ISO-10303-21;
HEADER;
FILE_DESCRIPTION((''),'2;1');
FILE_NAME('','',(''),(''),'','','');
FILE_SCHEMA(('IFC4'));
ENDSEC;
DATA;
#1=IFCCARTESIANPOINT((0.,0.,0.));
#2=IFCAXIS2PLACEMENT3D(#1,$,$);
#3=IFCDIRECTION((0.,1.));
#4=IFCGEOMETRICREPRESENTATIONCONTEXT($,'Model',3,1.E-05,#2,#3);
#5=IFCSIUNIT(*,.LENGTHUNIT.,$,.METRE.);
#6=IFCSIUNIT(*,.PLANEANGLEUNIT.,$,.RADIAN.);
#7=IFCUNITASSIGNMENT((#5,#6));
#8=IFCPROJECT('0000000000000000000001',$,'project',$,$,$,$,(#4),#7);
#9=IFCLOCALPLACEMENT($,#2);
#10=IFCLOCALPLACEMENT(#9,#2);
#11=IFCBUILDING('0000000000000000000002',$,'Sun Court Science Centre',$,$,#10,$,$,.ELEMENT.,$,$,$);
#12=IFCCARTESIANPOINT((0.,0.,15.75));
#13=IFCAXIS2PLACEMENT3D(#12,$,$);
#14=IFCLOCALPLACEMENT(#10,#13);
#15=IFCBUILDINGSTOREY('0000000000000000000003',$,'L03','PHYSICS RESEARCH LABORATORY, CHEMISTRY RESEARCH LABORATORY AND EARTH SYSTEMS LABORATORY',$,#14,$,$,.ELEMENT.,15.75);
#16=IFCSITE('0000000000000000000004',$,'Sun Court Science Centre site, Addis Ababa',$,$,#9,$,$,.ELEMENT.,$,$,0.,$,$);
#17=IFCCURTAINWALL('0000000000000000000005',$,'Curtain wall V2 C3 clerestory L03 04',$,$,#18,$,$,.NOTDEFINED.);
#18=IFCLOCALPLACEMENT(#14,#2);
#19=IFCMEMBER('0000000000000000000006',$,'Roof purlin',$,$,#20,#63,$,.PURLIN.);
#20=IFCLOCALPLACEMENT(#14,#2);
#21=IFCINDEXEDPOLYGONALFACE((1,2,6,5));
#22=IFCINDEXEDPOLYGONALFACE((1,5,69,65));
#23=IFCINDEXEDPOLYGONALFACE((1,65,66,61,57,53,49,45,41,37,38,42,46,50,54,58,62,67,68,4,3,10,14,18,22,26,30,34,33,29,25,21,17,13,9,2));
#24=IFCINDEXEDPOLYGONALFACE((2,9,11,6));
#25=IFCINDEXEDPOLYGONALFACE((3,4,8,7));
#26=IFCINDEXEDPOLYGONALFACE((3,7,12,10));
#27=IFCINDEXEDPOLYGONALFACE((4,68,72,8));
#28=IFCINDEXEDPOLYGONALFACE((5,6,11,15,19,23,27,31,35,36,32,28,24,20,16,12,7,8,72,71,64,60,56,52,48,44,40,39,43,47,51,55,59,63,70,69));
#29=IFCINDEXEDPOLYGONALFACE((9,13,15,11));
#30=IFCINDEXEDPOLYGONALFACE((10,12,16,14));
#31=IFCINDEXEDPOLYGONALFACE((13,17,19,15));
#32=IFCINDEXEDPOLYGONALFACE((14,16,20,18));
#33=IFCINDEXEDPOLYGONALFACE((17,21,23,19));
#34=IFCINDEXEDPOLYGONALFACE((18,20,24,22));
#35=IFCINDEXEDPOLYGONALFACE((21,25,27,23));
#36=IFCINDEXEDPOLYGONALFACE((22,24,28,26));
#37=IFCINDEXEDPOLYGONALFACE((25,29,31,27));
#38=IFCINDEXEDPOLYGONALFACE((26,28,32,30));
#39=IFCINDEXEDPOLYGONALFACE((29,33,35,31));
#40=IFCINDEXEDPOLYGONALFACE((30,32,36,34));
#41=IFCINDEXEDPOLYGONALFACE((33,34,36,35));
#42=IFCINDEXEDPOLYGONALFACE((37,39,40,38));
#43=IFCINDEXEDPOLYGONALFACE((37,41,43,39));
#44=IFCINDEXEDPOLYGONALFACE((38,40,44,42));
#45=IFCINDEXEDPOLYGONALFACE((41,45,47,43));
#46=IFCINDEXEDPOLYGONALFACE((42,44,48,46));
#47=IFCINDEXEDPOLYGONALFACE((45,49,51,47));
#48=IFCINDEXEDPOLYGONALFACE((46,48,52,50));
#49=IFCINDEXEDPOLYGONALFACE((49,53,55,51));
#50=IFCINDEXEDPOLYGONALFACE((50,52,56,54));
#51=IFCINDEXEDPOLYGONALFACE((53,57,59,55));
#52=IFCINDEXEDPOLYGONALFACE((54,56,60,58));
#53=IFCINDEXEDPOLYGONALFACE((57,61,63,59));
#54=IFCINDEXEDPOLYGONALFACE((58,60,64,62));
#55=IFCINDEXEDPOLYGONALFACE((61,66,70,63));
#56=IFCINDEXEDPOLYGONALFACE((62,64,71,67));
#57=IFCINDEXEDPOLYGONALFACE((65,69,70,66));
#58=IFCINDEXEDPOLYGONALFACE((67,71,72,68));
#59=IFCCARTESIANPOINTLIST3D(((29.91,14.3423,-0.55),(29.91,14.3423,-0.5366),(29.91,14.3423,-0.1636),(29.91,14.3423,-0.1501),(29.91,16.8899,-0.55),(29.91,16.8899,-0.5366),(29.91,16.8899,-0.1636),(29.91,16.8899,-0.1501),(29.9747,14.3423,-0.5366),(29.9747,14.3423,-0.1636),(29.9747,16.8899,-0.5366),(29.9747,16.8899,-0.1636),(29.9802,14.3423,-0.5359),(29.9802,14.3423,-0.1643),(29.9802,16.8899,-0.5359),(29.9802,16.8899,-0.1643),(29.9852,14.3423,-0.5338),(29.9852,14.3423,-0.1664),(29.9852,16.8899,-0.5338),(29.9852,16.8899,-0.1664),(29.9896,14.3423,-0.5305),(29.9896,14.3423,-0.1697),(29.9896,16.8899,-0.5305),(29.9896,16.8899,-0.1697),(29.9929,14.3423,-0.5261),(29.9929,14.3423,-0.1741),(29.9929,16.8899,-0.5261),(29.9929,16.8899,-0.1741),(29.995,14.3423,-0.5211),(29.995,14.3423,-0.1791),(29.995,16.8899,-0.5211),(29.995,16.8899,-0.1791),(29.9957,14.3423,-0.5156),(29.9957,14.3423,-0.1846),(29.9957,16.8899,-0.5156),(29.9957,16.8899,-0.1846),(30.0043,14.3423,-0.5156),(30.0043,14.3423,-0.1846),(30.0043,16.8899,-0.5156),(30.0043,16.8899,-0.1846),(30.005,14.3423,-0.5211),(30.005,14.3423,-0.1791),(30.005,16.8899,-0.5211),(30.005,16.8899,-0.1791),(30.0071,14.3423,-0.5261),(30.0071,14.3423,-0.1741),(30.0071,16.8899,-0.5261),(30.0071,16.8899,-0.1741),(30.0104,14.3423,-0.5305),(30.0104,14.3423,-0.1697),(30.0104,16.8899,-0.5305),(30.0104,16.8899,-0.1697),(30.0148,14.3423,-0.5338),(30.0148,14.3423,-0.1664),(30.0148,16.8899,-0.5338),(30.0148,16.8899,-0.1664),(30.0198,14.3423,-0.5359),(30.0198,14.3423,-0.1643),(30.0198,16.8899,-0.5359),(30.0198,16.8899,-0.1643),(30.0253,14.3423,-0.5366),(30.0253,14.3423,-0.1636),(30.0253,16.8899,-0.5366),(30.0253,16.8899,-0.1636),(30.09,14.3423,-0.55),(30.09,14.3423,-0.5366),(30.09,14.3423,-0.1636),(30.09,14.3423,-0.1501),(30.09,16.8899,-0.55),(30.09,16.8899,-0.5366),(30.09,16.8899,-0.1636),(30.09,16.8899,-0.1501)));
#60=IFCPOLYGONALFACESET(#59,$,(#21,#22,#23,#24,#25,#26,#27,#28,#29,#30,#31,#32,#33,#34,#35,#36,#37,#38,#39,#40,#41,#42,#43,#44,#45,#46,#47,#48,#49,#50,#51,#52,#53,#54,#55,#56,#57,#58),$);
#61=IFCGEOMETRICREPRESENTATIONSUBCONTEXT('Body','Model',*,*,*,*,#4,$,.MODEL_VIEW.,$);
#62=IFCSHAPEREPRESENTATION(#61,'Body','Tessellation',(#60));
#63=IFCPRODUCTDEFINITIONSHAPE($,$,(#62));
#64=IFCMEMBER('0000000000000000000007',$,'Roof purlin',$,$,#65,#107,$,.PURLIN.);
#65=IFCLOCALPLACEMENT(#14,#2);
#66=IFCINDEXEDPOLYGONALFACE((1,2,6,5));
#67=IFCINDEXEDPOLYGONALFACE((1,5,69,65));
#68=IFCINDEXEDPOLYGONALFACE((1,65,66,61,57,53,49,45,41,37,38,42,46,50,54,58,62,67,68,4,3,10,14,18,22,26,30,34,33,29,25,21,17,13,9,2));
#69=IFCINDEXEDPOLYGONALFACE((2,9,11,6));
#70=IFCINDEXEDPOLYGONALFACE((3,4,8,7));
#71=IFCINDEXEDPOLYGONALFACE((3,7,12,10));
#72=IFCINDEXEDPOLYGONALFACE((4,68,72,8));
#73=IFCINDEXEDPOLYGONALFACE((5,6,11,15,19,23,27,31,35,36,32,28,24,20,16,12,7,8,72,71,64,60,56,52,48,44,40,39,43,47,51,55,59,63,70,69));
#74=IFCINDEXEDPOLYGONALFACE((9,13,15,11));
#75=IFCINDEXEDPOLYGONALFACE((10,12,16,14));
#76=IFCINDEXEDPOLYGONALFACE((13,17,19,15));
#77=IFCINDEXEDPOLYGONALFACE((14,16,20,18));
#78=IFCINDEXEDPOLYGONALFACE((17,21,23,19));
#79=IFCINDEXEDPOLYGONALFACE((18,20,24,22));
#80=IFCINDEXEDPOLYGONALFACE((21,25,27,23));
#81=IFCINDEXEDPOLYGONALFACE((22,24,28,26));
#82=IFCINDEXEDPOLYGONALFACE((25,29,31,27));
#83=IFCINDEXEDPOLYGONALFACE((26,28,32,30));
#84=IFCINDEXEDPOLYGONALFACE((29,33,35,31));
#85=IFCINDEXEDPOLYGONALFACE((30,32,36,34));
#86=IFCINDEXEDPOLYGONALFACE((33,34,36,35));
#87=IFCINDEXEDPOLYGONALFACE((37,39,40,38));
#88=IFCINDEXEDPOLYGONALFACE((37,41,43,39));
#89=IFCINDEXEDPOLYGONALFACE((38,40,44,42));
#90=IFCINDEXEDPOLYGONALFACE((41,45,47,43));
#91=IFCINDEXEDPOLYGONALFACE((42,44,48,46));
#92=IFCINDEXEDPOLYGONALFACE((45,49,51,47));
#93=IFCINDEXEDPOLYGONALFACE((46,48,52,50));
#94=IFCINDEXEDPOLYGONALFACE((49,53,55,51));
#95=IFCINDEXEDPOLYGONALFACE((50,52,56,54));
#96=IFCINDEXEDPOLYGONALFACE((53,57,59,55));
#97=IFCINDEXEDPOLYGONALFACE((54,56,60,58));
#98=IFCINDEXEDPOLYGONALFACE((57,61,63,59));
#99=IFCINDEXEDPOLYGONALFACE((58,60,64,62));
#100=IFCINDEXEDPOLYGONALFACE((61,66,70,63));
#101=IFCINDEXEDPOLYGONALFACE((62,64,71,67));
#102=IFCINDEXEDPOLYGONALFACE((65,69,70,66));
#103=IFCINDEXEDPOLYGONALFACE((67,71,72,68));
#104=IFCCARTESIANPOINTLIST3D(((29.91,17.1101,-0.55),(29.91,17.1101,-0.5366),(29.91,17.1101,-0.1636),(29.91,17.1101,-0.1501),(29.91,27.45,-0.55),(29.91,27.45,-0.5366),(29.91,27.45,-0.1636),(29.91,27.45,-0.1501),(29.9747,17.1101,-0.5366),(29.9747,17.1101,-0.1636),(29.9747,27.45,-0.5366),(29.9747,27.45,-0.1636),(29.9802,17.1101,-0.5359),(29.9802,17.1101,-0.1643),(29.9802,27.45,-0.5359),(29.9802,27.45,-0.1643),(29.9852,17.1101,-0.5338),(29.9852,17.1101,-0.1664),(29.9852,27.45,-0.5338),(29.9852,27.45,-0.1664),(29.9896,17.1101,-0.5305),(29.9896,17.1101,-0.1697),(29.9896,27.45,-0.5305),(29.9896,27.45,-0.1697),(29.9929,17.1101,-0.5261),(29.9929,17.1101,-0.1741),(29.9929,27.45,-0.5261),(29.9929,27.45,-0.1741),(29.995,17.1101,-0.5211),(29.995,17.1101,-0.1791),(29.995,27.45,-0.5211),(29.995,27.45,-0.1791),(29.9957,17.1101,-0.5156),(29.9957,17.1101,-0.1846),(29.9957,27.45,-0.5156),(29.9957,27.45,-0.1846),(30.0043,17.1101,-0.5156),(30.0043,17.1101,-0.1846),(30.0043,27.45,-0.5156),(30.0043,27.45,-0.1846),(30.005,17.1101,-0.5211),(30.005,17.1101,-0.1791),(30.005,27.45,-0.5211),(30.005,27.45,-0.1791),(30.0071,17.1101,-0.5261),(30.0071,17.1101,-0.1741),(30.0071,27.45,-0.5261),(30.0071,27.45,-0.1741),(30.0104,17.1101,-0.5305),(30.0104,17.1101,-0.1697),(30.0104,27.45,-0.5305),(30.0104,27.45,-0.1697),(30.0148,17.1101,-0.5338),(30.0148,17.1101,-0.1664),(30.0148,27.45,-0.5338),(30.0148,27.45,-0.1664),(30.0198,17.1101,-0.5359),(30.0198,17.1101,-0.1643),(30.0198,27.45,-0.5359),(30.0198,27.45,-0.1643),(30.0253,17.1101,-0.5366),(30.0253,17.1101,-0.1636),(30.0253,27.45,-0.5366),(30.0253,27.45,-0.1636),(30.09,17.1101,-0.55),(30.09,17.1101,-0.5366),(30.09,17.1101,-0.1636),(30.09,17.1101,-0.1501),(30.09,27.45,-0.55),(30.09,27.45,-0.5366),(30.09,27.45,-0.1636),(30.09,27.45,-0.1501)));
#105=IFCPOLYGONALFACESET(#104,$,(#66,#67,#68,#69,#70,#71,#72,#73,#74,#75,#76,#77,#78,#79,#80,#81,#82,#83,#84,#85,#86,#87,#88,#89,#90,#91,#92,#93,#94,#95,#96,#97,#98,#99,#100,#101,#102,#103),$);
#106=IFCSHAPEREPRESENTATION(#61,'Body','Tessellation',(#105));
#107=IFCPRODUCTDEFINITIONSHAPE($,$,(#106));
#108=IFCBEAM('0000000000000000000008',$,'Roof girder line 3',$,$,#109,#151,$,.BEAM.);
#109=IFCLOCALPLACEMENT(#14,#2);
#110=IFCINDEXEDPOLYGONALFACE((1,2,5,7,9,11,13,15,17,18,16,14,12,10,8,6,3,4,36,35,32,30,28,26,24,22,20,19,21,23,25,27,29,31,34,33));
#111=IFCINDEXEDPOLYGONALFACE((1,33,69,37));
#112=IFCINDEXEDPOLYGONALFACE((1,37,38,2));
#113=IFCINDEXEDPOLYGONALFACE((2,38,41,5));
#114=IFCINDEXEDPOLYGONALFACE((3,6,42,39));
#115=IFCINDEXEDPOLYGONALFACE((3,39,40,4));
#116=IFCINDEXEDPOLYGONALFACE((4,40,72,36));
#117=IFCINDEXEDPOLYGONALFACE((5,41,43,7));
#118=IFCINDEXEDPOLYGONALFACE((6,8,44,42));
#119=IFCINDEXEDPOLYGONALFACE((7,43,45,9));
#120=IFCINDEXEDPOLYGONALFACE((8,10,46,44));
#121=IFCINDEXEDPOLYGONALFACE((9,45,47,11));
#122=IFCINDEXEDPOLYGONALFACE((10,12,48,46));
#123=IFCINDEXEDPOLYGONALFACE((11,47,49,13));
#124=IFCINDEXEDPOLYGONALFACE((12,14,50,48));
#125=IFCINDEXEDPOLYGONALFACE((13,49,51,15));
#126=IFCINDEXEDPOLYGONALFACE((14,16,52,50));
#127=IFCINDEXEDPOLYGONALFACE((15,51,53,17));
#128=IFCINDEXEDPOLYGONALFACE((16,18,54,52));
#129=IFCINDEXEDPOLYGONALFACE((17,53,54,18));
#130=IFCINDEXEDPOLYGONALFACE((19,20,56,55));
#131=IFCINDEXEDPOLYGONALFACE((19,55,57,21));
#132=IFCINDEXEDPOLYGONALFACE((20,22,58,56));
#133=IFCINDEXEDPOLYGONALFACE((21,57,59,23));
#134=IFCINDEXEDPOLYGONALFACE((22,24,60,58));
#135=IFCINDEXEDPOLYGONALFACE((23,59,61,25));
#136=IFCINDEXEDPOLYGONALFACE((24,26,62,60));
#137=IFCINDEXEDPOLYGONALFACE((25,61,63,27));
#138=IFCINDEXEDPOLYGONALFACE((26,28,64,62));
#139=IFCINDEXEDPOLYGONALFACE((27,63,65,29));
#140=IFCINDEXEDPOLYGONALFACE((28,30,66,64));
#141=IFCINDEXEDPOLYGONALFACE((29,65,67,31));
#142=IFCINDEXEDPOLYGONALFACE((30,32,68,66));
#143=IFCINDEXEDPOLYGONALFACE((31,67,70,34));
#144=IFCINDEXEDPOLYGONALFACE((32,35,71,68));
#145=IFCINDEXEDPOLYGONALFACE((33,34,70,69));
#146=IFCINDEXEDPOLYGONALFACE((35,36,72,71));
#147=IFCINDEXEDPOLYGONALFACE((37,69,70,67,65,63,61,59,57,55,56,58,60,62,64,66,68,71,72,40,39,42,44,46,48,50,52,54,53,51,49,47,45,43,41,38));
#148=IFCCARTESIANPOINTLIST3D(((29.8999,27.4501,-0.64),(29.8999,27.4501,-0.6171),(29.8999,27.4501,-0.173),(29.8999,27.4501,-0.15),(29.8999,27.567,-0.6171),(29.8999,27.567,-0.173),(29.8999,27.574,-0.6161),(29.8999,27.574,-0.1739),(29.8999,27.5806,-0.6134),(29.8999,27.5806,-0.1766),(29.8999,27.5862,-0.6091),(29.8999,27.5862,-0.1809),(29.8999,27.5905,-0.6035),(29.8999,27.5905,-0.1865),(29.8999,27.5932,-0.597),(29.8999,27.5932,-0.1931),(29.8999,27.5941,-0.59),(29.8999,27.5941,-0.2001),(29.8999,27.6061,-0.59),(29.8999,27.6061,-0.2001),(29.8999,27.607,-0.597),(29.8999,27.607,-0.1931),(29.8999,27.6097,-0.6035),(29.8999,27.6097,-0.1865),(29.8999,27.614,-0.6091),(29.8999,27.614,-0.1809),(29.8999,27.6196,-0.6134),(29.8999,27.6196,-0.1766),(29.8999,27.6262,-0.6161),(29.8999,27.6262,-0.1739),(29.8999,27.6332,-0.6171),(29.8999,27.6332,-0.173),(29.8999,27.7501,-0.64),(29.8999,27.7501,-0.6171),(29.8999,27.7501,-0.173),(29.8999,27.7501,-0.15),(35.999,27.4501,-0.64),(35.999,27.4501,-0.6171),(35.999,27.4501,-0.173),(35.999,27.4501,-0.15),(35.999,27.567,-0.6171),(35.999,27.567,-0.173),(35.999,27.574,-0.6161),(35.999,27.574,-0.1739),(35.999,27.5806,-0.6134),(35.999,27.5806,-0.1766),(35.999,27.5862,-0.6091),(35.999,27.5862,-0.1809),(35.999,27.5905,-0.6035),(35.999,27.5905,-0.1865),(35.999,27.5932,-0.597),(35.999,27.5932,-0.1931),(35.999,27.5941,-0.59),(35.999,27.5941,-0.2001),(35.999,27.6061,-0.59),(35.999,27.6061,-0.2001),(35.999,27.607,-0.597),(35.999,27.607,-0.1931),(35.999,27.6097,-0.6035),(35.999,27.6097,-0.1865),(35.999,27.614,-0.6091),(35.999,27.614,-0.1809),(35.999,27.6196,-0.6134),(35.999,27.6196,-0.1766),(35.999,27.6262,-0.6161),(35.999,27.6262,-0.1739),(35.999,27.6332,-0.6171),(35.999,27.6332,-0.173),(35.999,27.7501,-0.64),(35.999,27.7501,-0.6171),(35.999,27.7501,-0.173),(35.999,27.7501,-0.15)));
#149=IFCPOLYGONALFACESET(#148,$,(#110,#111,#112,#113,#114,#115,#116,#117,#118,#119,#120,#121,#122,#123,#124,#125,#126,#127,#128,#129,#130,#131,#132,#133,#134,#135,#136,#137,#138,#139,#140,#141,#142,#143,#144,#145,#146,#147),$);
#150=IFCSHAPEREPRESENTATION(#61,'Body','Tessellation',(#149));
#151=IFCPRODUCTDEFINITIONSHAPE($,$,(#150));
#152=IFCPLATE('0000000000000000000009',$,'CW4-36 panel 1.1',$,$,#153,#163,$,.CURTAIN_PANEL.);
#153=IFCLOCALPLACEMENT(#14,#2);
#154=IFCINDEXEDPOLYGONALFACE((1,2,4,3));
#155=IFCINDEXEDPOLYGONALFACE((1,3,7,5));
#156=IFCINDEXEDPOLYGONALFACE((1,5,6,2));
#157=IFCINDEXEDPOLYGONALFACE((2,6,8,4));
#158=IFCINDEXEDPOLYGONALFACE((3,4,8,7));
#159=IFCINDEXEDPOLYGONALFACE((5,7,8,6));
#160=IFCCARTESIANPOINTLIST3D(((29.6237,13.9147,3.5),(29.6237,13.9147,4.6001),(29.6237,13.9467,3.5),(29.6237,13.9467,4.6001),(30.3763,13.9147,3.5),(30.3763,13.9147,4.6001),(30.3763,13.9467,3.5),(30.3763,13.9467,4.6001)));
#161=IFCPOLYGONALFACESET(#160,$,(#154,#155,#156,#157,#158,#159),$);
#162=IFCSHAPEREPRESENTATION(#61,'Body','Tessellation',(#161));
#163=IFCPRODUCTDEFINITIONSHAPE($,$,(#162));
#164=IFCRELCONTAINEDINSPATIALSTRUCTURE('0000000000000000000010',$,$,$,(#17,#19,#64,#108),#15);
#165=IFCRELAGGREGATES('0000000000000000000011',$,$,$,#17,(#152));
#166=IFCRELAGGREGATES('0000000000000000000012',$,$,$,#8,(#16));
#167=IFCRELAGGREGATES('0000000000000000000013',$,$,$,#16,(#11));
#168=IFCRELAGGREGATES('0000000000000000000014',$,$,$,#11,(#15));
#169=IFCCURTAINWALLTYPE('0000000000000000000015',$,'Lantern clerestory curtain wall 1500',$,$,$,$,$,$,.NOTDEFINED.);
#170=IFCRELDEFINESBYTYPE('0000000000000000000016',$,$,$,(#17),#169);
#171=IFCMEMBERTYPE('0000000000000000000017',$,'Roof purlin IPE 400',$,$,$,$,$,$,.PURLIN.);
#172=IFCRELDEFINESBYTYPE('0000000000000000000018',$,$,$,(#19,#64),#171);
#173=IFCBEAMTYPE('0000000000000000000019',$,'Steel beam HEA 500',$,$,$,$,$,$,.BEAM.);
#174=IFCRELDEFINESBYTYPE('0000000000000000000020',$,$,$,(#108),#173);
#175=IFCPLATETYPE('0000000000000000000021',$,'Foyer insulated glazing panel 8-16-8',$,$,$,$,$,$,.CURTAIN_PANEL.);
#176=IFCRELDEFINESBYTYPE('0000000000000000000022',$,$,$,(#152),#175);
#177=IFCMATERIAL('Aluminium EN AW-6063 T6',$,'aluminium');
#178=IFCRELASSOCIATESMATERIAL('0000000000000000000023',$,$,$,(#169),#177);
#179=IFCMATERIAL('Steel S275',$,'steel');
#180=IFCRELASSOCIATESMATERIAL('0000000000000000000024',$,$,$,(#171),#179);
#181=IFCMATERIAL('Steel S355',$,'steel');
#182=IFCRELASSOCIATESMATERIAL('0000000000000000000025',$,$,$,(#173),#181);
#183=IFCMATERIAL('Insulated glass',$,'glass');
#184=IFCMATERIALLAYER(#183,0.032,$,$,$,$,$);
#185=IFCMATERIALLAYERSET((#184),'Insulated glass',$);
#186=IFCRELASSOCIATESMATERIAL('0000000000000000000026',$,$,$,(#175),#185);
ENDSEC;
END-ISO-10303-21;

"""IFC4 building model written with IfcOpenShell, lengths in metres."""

from ifc_helpers import new_model, si_unit, direction, frame, origin, origin_2d, place, context, subcontext, project, spatial, rectangle, i_section, extrude, material, layer, layer_set, material_profile, profile_set, type_object, element, aggregate, save


model = new_model("IFC4")

# Units and contexts
model_context = context("Model", 3, precision=1e-05, world=origin(), true_north=direction((0.0, 1.0)))
body_context = subcontext(model_context, "Body", "Model", "MODEL_VIEW")
ifc_project = project(units=[si_unit("LENGTHUNIT", "METRE"), si_unit("PLANEANGLEUNIT", "RADIAN")], contexts=[model_context])

# Site, building, storey
site_placement = place(None, origin())
site = spatial("IfcSite", under=ifc_project, at=site_placement, Name="Sun Court Science Centre site, Addis Ababa", CompositionType="ELEMENT", RefElevation=0.0)
building_placement = place(site_placement, origin())
building = spatial("IfcBuilding", under=site, at=building_placement, Name="Sun Court Science Centre", CompositionType="ELEMENT")
storey_placement = place(building_placement, frame((0.0, 0.0, 15.75)))
storey = spatial("IfcBuildingStorey", under=building, at=storey_placement, Name="L03", Description="PHYSICS RESEARCH LABORATORY, CHEMISTRY RESEARCH LABORATORY AND EARTH SYSTEMS LABORATORY", CompositionType="ELEMENT", Elevation=15.75)

# Curtain wall
ifc_material_1 = material(Name="Aluminium EN AW-6063 T6", Category="aluminium")
curtain_wall_type = type_object("IfcCurtainWallType", Name="Lantern clerestory curtain wall 1500", PredefinedType="NOTDEFINED", material=ifc_material_1)
curtain_wall_placement = place(storey_placement, origin())
curtain_wall = element("IfcCurtainWall", 1, at=curtain_wall_placement, inside=storey, type_object=curtain_wall_type, Name="Curtain wall V2 C3 clerestory L03 04", PredefinedType="NOTDEFINED")

# Members
ifc_material_2 = material(Name="Steel S275", Category="steel")
ifc_material_profile_1 = material_profile(ifc_material_2, i_section(OverallWidth=0.1799, OverallDepth=0.3999, WebThickness=0.0085, FlangeThickness=0.0134, FilletRadius=0.021, at=origin_2d()), Name="IPE 400")
ifc_profile_set_1 = profile_set([ifc_material_profile_1], Name="Steel S275")
member_type_1 = type_object("IfcMemberType", Name="Roof purlin IPE 400", PredefinedType="PURLIN", material=ifc_profile_set_1)
member_1_placement = place(storey_placement, frame((30.0, 14.3423, -0.3501), z_axis=(0.0, 1.0, 0.0), x_axis=(-1.0, 0.0, 0.0)))
element("IfcMember", 2, at=member_1_placement, inside=storey, type_object=member_type_1, Name="Roof purlin", PredefinedType="PURLIN", context=body_context, shape_type="SweptSolid", body=[
    extrude(i_section(OverallWidth=0.1799, OverallDepth=0.3999, WebThickness=0.0085, FlangeThickness=0.0134, FilletRadius=0.021, at=origin_2d()), origin(), (0.0, 0.0, 1.0), 2.5476),
])
member_2_placement = place(storey_placement, frame((30.0, 17.1101, -0.3501), z_axis=(0.0, 1.0, 0.0), x_axis=(-1.0, 0.0, 0.0)))
element("IfcMember", 3, at=member_2_placement, inside=storey, type_object=member_type_1, Name="Roof purlin", PredefinedType="PURLIN", context=body_context, shape_type="SweptSolid", body=[
    extrude(i_section(OverallWidth=0.1799, OverallDepth=0.3999, WebThickness=0.0085, FlangeThickness=0.0134, FilletRadius=0.021, at=origin_2d()), origin(), (0.0, 0.0, 1.0), 10.3398),
])

# Beam
ifc_material_3 = material(Name="Steel S355", Category="steel")
ifc_material_profile_2 = material_profile(ifc_material_3, i_section(OverallWidth=0.3, OverallDepth=0.49, WebThickness=0.012, FlangeThickness=0.0229, FilletRadius=0.0271, at=origin_2d()), Name="HEA 500")
ifc_profile_set_2 = profile_set([ifc_material_profile_2], Name="Steel S355")
beam_type = type_object("IfcBeamType", Name="Steel beam HEA 500", PredefinedType="BEAM", material=ifc_profile_set_2)
beam_placement = place(storey_placement, frame((29.8999, 27.6001, -0.395), z_axis=(1.0, 0.0, 0.0), x_axis=(0.0, 1.0, 0.0)))
element("IfcBeam", 4, at=beam_placement, inside=storey, type_object=beam_type, Name="Roof girder line 3", PredefinedType="BEAM", context=body_context, shape_type="SweptSolid", body=[
    extrude(i_section(OverallWidth=0.3, OverallDepth=0.49, WebThickness=0.012, FlangeThickness=0.0229, FilletRadius=0.0271, at=origin_2d()), origin(), (0.0, 0.0, 1.0), 6.0991),
])

# Plate
ifc_material_4 = material(Name="Insulated glass", Category="glass")
ifc_layer_1 = layer(ifc_material_4, 0.032)
ifc_layer_set_1 = layer_set([ifc_layer_1], Name="Insulated glass")
plate_type = type_object("IfcPlateType", Name="Foyer insulated glazing panel 8-16-8", PredefinedType="CURTAIN_PANEL", material=ifc_layer_set_1)
plate_placement = place(storey_placement, frame((30.0, 13.9307, 3.5), z_axis=(0.0, 0.0, 1.0), x_axis=(1.0, 0.0, 0.0)))
plate = element("IfcPlate", 5, at=plate_placement, type_object=plate_type, Name="CW4-36 panel 1.1", PredefinedType="CURTAIN_PANEL", context=body_context, shape_type="SweptSolid", body=[
    extrude(rectangle(XDim=0.7527, YDim=0.032, at=origin_2d()), origin(), (0.0, 0.0, 1.0), 1.1001),
])
aggregate(curtain_wall, [plate])

save(model, "model.ifc")
